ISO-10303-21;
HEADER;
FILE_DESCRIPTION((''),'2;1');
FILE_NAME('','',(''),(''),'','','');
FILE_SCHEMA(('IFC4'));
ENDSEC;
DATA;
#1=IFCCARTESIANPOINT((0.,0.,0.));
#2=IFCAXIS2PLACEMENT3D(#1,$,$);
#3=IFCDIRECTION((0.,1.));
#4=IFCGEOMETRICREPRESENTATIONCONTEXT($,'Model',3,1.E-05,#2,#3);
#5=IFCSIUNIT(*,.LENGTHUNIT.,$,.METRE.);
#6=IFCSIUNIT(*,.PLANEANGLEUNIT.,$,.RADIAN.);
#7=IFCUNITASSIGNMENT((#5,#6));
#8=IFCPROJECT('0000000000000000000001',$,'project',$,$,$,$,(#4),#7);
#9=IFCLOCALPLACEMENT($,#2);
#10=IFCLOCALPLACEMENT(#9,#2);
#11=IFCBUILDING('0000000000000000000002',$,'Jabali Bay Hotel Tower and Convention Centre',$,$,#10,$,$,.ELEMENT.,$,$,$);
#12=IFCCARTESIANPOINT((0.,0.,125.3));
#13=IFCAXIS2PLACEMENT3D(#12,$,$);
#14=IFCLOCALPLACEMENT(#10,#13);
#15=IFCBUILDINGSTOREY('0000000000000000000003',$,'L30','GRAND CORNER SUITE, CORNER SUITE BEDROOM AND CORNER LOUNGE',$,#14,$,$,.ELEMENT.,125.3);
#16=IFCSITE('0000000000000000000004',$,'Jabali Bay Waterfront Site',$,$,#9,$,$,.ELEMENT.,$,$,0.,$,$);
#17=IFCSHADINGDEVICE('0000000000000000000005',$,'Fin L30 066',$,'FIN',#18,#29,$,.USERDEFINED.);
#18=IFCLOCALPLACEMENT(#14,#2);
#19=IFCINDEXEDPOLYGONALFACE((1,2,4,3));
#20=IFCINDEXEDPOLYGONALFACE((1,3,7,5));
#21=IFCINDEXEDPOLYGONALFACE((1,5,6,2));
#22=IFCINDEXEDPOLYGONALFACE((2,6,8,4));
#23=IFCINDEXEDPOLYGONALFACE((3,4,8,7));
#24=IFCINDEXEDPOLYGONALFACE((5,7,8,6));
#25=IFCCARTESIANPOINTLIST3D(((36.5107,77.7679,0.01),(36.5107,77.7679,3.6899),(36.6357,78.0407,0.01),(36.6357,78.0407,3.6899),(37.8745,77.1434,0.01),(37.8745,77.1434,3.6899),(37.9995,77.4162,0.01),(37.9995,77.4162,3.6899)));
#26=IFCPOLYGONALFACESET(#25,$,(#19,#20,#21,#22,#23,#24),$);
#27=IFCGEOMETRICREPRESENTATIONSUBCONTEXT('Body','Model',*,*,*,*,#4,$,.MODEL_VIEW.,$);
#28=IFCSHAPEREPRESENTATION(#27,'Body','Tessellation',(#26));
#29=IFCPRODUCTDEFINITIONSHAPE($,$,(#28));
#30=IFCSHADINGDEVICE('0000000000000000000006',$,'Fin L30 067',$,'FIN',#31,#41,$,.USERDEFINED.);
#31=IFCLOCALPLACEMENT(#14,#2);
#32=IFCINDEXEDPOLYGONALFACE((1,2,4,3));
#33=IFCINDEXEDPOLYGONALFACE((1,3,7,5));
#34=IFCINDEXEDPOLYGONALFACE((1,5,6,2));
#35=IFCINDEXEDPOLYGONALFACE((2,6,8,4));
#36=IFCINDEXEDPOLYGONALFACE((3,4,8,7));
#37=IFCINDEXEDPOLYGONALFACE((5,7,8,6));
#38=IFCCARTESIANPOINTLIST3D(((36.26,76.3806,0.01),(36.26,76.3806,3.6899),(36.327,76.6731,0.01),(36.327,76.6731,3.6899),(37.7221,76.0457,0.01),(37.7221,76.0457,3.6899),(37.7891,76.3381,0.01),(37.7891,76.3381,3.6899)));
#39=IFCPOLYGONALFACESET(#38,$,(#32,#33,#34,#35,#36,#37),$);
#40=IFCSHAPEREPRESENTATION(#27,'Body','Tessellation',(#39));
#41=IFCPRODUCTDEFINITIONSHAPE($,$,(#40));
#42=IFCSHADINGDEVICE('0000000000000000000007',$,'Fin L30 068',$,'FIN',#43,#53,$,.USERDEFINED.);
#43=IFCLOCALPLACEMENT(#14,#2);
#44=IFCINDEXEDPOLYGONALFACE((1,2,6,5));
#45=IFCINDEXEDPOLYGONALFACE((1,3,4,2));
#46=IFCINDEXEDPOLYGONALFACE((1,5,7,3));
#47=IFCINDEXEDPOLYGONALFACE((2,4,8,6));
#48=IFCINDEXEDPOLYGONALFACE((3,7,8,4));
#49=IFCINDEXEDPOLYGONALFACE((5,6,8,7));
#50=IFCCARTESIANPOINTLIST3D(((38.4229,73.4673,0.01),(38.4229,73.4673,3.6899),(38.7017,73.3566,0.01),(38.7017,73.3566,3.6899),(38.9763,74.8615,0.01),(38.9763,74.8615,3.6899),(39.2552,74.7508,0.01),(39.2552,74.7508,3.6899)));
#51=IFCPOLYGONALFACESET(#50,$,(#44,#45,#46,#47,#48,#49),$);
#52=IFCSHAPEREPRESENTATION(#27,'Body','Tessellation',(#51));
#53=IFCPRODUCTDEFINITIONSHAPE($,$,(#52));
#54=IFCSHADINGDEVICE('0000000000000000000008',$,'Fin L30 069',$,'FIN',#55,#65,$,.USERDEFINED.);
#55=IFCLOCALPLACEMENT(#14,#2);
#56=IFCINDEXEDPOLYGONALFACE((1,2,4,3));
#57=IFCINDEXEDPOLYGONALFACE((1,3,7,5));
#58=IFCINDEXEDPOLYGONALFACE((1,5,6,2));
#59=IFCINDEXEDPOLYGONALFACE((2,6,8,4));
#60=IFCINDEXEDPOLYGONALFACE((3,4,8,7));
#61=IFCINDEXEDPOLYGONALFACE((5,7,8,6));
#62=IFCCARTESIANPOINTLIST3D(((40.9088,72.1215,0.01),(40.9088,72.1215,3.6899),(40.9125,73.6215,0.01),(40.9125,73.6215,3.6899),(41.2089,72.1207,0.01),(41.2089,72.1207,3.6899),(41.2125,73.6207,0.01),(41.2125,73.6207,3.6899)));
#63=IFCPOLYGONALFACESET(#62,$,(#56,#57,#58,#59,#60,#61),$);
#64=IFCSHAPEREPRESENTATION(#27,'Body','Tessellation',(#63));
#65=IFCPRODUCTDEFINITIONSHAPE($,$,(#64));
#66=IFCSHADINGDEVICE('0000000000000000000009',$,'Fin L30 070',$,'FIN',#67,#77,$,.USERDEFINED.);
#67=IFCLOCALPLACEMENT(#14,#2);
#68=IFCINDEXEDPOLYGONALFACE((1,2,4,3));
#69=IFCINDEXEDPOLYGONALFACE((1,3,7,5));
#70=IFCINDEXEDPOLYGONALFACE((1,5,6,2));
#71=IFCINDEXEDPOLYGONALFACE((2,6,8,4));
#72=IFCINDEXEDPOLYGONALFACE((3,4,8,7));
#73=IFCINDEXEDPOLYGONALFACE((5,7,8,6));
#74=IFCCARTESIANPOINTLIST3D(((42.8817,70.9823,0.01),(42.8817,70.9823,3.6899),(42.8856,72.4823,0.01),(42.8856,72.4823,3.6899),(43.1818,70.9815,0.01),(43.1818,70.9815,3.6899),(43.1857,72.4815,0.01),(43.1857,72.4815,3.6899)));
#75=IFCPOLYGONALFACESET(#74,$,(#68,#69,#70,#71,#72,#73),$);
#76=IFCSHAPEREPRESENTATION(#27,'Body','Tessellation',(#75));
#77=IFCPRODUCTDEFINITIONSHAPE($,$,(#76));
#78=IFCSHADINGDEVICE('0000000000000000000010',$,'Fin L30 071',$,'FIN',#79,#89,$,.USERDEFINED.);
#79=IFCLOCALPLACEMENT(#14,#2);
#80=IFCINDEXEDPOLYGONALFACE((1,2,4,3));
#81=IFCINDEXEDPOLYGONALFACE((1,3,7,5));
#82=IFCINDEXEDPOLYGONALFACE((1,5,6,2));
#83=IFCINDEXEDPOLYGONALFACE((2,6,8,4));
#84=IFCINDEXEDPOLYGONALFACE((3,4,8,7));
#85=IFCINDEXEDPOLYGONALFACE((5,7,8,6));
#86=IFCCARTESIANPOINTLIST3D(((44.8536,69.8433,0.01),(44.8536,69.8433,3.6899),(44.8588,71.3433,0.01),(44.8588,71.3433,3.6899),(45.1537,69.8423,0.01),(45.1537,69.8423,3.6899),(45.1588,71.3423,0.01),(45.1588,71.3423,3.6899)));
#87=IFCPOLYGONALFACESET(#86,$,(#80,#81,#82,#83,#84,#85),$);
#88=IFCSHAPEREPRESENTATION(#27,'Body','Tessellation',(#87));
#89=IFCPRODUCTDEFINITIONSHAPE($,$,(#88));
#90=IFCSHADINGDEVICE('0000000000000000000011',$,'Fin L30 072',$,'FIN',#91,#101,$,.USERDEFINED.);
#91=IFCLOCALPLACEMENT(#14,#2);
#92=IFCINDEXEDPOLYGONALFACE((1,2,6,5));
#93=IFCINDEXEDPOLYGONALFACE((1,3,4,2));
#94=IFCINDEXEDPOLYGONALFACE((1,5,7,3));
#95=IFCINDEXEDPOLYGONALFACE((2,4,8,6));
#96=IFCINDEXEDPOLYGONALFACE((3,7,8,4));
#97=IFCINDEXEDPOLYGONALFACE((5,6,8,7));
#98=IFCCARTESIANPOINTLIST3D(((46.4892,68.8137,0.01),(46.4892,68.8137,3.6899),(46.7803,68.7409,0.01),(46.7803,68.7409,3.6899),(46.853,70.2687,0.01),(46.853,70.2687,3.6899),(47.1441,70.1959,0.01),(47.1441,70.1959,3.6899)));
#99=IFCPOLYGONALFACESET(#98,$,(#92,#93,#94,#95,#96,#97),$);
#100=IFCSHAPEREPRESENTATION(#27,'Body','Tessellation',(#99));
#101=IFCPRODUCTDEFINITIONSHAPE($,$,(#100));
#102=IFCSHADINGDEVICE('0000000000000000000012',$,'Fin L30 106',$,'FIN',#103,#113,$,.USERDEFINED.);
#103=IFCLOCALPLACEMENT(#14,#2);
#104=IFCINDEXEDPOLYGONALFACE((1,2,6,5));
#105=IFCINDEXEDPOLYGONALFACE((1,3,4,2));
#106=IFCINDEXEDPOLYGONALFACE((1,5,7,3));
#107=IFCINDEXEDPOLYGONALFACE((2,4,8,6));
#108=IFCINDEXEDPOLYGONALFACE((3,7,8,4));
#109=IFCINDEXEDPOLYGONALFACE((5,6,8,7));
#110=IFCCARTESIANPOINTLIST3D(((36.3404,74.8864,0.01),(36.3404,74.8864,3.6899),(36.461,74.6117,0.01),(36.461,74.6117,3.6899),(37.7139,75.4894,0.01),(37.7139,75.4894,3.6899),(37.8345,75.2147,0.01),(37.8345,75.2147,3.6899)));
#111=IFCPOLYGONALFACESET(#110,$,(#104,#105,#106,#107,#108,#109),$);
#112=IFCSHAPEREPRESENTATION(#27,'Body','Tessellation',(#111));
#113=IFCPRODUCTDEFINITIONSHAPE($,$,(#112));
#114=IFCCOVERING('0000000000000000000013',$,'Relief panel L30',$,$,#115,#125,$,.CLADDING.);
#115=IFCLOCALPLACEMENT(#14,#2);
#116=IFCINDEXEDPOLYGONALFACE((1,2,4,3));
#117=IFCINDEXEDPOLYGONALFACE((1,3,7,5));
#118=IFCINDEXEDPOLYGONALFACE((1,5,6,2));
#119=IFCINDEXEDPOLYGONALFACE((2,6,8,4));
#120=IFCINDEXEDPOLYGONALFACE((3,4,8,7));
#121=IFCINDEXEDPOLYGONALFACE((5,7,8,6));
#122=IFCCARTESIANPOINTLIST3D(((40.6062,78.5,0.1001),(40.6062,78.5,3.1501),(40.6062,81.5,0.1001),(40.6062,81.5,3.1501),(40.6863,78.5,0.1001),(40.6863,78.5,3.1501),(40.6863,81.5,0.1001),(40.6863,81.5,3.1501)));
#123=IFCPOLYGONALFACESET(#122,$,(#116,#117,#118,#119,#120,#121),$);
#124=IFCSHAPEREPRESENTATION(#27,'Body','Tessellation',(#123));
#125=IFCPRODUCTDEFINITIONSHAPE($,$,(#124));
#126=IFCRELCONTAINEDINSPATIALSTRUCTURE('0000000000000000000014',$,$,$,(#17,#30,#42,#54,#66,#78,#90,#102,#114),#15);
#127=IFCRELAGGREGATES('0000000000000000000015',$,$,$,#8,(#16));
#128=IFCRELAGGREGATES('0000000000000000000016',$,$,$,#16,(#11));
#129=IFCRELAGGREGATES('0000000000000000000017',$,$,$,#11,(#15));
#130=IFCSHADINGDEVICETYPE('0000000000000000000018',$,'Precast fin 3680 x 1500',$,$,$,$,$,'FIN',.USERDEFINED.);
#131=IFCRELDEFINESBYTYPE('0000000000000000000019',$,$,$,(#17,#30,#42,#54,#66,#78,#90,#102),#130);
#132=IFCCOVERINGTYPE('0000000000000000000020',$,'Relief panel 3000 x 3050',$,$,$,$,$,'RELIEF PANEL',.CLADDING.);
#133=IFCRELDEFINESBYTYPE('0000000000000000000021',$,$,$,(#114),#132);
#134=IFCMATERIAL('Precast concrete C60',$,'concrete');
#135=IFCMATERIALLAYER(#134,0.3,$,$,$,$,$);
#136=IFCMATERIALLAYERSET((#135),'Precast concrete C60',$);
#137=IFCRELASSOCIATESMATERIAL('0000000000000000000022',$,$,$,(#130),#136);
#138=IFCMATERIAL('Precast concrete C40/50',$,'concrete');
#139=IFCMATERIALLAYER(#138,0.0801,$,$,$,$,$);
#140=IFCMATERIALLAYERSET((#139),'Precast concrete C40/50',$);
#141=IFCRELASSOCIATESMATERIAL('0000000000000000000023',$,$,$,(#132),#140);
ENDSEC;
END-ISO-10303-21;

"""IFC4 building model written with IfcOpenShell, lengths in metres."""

from ifc_helpers import new_model, si_unit, direction, frame, frame_2d, origin, origin_2d, place, context, subcontext, project, spatial, rectangle, extrude, material, layer, layer_set, type_object, element, save


model = new_model("IFC4")

# Units and contexts
model_context = context("Model", 3, precision=1e-05, world=origin(), true_north=direction((0.0, 1.0)))
body_context = subcontext(model_context, "Body", "Model", "MODEL_VIEW")
ifc_project = project(units=[si_unit("LENGTHUNIT", "METRE"), si_unit("PLANEANGLEUNIT", "RADIAN")], contexts=[model_context])

# Site, building, storey
site_placement = place(None, origin())
site = spatial("IfcSite", under=ifc_project, at=site_placement, Name="Jabali Bay Waterfront Site", CompositionType="ELEMENT", RefElevation=0.0)
building_placement = place(site_placement, origin())
building = spatial("IfcBuilding", under=site, at=building_placement, Name="Jabali Bay Hotel Tower and Convention Centre", CompositionType="ELEMENT")
storey_placement = place(building_placement, frame((0.0, 0.0, 125.3)))
storey = spatial("IfcBuildingStorey", under=building, at=storey_placement, Name="L30", Description="GRAND CORNER SUITE, CORNER SUITE BEDROOM AND CORNER LOUNGE", CompositionType="ELEMENT", Elevation=125.3)

# Shading devices
ifc_material_1 = material(Name="Precast concrete C60", Category="concrete")
ifc_layer_1 = layer(ifc_material_1, 0.3)
ifc_layer_set_1 = layer_set([ifc_layer_1], Name="Precast concrete C60")
shading_device_type = type_object("IfcShadingDeviceType", Name="Precast fin 3680 x 1500", ElementType="FIN", PredefinedType="USERDEFINED", material=ifc_layer_set_1)
for number, where, z_axis, x_axis, name in (
    (1, (37.937, 77.2798, 0.01), (0.0, 0.0, 1.0), (-0.909203, 0.416352, 0.0), "Fin L30 066"),
    (2, (37.7556, 76.1919, 0.01), (0.0, 0.0, 1.0), (-0.974749, 0.223302, 0.0), "Fin L30 067"),
    (3, (39.1157, 74.8062, 0.01), (0.0, 0.0, 1.0), (-0.368948, -0.92945, 0.0), "Fin L30 068"),
    (4, (41.0625, 73.6211, 0.01), (0.0, 0.0, 1.0), (-0.002441, -0.999997, 0.0), "Fin L30 069"),
    (5, (43.0356, 72.4819, 0.01), (0.0, 0.0, 1.0), (-0.002604, -0.999997, 0.0), "Fin L30 070"),
    (6, (45.0088, 71.3428, 0.01), (0.0, 0.0, 1.0), (-0.003418, -0.999994, 0.0), "Fin L30 071"),
):
    element("IfcShadingDevice", number, at=place(storey_placement, frame(where, z_axis=z_axis, x_axis=x_axis)), inside=storey, type_object=shading_device_type, Name=name, ObjectType="FIN", PredefinedType="USERDEFINED", context=body_context, shape_type="SweptSolid", body=[
        extrude(rectangle(XDim=1.5, YDim=0.3, at=frame_2d((0.75, 0.0))), origin(), (0.0, 0.0, 1.0), 3.6799),
    ])
shading_device_1_placement = place(storey_placement, frame((46.9985, 70.2324, 0.01), z_axis=(0.0, 0.0, 1.0), x_axis=(-0.242536, -0.970143, 0.0)))
element("IfcShadingDevice", 7, at=shading_device_1_placement, inside=storey, type_object=shading_device_type, Name="Fin L30 072", ObjectType="FIN", PredefinedType="USERDEFINED", context=body_context, shape_type="SweptSolid", body=[
    extrude(rectangle(XDim=1.4998, YDim=0.3, at=frame_2d((0.75, 0.0))), origin(), (0.0, 0.0, 1.0), 3.6799),
])
shading_device_2_placement = place(storey_placement, frame((37.7742, 75.3521, 0.01), z_axis=(0.0, 0.0, 1.0), x_axis=(-0.915641, -0.401997, 0.0)))
element("IfcShadingDevice", 8, at=shading_device_2_placement, inside=storey, type_object=shading_device_type, Name="Fin L30 106", ObjectType="FIN", PredefinedType="USERDEFINED", context=body_context, shape_type="SweptSolid", body=[
    extrude(rectangle(XDim=1.5, YDim=0.3, at=frame_2d((0.75, 0.0))), origin(), (0.0, 0.0, 1.0), 3.6799),
])

# Covering
ifc_material_2 = material(Name="Precast concrete C40/50", Category="concrete")
ifc_layer_2 = layer(ifc_material_2, 0.0801)
ifc_layer_set_2 = layer_set([ifc_layer_2], Name="Precast concrete C40/50")
covering_type = type_object("IfcCoveringType", Name="Relief panel 3000 x 3050", ElementType="RELIEF PANEL", PredefinedType="CLADDING", material=ifc_layer_set_2)
covering_placement = place(storey_placement, frame((40.6462, 80.0, 0.1001), z_axis=(0.0, 0.0, 1.0), x_axis=(0.0, 1.0, 0.0)))
element("IfcCovering", 9, at=covering_placement, inside=storey, type_object=covering_type, Name="Relief panel L30", PredefinedType="CLADDING", context=body_context, shape_type="SweptSolid", body=[
    extrude(rectangle(XDim=3.0, YDim=0.0801, at=origin_2d()), origin(), (0.0, 0.0, 1.0), 3.05),
])

save(model, "model.ifc")
